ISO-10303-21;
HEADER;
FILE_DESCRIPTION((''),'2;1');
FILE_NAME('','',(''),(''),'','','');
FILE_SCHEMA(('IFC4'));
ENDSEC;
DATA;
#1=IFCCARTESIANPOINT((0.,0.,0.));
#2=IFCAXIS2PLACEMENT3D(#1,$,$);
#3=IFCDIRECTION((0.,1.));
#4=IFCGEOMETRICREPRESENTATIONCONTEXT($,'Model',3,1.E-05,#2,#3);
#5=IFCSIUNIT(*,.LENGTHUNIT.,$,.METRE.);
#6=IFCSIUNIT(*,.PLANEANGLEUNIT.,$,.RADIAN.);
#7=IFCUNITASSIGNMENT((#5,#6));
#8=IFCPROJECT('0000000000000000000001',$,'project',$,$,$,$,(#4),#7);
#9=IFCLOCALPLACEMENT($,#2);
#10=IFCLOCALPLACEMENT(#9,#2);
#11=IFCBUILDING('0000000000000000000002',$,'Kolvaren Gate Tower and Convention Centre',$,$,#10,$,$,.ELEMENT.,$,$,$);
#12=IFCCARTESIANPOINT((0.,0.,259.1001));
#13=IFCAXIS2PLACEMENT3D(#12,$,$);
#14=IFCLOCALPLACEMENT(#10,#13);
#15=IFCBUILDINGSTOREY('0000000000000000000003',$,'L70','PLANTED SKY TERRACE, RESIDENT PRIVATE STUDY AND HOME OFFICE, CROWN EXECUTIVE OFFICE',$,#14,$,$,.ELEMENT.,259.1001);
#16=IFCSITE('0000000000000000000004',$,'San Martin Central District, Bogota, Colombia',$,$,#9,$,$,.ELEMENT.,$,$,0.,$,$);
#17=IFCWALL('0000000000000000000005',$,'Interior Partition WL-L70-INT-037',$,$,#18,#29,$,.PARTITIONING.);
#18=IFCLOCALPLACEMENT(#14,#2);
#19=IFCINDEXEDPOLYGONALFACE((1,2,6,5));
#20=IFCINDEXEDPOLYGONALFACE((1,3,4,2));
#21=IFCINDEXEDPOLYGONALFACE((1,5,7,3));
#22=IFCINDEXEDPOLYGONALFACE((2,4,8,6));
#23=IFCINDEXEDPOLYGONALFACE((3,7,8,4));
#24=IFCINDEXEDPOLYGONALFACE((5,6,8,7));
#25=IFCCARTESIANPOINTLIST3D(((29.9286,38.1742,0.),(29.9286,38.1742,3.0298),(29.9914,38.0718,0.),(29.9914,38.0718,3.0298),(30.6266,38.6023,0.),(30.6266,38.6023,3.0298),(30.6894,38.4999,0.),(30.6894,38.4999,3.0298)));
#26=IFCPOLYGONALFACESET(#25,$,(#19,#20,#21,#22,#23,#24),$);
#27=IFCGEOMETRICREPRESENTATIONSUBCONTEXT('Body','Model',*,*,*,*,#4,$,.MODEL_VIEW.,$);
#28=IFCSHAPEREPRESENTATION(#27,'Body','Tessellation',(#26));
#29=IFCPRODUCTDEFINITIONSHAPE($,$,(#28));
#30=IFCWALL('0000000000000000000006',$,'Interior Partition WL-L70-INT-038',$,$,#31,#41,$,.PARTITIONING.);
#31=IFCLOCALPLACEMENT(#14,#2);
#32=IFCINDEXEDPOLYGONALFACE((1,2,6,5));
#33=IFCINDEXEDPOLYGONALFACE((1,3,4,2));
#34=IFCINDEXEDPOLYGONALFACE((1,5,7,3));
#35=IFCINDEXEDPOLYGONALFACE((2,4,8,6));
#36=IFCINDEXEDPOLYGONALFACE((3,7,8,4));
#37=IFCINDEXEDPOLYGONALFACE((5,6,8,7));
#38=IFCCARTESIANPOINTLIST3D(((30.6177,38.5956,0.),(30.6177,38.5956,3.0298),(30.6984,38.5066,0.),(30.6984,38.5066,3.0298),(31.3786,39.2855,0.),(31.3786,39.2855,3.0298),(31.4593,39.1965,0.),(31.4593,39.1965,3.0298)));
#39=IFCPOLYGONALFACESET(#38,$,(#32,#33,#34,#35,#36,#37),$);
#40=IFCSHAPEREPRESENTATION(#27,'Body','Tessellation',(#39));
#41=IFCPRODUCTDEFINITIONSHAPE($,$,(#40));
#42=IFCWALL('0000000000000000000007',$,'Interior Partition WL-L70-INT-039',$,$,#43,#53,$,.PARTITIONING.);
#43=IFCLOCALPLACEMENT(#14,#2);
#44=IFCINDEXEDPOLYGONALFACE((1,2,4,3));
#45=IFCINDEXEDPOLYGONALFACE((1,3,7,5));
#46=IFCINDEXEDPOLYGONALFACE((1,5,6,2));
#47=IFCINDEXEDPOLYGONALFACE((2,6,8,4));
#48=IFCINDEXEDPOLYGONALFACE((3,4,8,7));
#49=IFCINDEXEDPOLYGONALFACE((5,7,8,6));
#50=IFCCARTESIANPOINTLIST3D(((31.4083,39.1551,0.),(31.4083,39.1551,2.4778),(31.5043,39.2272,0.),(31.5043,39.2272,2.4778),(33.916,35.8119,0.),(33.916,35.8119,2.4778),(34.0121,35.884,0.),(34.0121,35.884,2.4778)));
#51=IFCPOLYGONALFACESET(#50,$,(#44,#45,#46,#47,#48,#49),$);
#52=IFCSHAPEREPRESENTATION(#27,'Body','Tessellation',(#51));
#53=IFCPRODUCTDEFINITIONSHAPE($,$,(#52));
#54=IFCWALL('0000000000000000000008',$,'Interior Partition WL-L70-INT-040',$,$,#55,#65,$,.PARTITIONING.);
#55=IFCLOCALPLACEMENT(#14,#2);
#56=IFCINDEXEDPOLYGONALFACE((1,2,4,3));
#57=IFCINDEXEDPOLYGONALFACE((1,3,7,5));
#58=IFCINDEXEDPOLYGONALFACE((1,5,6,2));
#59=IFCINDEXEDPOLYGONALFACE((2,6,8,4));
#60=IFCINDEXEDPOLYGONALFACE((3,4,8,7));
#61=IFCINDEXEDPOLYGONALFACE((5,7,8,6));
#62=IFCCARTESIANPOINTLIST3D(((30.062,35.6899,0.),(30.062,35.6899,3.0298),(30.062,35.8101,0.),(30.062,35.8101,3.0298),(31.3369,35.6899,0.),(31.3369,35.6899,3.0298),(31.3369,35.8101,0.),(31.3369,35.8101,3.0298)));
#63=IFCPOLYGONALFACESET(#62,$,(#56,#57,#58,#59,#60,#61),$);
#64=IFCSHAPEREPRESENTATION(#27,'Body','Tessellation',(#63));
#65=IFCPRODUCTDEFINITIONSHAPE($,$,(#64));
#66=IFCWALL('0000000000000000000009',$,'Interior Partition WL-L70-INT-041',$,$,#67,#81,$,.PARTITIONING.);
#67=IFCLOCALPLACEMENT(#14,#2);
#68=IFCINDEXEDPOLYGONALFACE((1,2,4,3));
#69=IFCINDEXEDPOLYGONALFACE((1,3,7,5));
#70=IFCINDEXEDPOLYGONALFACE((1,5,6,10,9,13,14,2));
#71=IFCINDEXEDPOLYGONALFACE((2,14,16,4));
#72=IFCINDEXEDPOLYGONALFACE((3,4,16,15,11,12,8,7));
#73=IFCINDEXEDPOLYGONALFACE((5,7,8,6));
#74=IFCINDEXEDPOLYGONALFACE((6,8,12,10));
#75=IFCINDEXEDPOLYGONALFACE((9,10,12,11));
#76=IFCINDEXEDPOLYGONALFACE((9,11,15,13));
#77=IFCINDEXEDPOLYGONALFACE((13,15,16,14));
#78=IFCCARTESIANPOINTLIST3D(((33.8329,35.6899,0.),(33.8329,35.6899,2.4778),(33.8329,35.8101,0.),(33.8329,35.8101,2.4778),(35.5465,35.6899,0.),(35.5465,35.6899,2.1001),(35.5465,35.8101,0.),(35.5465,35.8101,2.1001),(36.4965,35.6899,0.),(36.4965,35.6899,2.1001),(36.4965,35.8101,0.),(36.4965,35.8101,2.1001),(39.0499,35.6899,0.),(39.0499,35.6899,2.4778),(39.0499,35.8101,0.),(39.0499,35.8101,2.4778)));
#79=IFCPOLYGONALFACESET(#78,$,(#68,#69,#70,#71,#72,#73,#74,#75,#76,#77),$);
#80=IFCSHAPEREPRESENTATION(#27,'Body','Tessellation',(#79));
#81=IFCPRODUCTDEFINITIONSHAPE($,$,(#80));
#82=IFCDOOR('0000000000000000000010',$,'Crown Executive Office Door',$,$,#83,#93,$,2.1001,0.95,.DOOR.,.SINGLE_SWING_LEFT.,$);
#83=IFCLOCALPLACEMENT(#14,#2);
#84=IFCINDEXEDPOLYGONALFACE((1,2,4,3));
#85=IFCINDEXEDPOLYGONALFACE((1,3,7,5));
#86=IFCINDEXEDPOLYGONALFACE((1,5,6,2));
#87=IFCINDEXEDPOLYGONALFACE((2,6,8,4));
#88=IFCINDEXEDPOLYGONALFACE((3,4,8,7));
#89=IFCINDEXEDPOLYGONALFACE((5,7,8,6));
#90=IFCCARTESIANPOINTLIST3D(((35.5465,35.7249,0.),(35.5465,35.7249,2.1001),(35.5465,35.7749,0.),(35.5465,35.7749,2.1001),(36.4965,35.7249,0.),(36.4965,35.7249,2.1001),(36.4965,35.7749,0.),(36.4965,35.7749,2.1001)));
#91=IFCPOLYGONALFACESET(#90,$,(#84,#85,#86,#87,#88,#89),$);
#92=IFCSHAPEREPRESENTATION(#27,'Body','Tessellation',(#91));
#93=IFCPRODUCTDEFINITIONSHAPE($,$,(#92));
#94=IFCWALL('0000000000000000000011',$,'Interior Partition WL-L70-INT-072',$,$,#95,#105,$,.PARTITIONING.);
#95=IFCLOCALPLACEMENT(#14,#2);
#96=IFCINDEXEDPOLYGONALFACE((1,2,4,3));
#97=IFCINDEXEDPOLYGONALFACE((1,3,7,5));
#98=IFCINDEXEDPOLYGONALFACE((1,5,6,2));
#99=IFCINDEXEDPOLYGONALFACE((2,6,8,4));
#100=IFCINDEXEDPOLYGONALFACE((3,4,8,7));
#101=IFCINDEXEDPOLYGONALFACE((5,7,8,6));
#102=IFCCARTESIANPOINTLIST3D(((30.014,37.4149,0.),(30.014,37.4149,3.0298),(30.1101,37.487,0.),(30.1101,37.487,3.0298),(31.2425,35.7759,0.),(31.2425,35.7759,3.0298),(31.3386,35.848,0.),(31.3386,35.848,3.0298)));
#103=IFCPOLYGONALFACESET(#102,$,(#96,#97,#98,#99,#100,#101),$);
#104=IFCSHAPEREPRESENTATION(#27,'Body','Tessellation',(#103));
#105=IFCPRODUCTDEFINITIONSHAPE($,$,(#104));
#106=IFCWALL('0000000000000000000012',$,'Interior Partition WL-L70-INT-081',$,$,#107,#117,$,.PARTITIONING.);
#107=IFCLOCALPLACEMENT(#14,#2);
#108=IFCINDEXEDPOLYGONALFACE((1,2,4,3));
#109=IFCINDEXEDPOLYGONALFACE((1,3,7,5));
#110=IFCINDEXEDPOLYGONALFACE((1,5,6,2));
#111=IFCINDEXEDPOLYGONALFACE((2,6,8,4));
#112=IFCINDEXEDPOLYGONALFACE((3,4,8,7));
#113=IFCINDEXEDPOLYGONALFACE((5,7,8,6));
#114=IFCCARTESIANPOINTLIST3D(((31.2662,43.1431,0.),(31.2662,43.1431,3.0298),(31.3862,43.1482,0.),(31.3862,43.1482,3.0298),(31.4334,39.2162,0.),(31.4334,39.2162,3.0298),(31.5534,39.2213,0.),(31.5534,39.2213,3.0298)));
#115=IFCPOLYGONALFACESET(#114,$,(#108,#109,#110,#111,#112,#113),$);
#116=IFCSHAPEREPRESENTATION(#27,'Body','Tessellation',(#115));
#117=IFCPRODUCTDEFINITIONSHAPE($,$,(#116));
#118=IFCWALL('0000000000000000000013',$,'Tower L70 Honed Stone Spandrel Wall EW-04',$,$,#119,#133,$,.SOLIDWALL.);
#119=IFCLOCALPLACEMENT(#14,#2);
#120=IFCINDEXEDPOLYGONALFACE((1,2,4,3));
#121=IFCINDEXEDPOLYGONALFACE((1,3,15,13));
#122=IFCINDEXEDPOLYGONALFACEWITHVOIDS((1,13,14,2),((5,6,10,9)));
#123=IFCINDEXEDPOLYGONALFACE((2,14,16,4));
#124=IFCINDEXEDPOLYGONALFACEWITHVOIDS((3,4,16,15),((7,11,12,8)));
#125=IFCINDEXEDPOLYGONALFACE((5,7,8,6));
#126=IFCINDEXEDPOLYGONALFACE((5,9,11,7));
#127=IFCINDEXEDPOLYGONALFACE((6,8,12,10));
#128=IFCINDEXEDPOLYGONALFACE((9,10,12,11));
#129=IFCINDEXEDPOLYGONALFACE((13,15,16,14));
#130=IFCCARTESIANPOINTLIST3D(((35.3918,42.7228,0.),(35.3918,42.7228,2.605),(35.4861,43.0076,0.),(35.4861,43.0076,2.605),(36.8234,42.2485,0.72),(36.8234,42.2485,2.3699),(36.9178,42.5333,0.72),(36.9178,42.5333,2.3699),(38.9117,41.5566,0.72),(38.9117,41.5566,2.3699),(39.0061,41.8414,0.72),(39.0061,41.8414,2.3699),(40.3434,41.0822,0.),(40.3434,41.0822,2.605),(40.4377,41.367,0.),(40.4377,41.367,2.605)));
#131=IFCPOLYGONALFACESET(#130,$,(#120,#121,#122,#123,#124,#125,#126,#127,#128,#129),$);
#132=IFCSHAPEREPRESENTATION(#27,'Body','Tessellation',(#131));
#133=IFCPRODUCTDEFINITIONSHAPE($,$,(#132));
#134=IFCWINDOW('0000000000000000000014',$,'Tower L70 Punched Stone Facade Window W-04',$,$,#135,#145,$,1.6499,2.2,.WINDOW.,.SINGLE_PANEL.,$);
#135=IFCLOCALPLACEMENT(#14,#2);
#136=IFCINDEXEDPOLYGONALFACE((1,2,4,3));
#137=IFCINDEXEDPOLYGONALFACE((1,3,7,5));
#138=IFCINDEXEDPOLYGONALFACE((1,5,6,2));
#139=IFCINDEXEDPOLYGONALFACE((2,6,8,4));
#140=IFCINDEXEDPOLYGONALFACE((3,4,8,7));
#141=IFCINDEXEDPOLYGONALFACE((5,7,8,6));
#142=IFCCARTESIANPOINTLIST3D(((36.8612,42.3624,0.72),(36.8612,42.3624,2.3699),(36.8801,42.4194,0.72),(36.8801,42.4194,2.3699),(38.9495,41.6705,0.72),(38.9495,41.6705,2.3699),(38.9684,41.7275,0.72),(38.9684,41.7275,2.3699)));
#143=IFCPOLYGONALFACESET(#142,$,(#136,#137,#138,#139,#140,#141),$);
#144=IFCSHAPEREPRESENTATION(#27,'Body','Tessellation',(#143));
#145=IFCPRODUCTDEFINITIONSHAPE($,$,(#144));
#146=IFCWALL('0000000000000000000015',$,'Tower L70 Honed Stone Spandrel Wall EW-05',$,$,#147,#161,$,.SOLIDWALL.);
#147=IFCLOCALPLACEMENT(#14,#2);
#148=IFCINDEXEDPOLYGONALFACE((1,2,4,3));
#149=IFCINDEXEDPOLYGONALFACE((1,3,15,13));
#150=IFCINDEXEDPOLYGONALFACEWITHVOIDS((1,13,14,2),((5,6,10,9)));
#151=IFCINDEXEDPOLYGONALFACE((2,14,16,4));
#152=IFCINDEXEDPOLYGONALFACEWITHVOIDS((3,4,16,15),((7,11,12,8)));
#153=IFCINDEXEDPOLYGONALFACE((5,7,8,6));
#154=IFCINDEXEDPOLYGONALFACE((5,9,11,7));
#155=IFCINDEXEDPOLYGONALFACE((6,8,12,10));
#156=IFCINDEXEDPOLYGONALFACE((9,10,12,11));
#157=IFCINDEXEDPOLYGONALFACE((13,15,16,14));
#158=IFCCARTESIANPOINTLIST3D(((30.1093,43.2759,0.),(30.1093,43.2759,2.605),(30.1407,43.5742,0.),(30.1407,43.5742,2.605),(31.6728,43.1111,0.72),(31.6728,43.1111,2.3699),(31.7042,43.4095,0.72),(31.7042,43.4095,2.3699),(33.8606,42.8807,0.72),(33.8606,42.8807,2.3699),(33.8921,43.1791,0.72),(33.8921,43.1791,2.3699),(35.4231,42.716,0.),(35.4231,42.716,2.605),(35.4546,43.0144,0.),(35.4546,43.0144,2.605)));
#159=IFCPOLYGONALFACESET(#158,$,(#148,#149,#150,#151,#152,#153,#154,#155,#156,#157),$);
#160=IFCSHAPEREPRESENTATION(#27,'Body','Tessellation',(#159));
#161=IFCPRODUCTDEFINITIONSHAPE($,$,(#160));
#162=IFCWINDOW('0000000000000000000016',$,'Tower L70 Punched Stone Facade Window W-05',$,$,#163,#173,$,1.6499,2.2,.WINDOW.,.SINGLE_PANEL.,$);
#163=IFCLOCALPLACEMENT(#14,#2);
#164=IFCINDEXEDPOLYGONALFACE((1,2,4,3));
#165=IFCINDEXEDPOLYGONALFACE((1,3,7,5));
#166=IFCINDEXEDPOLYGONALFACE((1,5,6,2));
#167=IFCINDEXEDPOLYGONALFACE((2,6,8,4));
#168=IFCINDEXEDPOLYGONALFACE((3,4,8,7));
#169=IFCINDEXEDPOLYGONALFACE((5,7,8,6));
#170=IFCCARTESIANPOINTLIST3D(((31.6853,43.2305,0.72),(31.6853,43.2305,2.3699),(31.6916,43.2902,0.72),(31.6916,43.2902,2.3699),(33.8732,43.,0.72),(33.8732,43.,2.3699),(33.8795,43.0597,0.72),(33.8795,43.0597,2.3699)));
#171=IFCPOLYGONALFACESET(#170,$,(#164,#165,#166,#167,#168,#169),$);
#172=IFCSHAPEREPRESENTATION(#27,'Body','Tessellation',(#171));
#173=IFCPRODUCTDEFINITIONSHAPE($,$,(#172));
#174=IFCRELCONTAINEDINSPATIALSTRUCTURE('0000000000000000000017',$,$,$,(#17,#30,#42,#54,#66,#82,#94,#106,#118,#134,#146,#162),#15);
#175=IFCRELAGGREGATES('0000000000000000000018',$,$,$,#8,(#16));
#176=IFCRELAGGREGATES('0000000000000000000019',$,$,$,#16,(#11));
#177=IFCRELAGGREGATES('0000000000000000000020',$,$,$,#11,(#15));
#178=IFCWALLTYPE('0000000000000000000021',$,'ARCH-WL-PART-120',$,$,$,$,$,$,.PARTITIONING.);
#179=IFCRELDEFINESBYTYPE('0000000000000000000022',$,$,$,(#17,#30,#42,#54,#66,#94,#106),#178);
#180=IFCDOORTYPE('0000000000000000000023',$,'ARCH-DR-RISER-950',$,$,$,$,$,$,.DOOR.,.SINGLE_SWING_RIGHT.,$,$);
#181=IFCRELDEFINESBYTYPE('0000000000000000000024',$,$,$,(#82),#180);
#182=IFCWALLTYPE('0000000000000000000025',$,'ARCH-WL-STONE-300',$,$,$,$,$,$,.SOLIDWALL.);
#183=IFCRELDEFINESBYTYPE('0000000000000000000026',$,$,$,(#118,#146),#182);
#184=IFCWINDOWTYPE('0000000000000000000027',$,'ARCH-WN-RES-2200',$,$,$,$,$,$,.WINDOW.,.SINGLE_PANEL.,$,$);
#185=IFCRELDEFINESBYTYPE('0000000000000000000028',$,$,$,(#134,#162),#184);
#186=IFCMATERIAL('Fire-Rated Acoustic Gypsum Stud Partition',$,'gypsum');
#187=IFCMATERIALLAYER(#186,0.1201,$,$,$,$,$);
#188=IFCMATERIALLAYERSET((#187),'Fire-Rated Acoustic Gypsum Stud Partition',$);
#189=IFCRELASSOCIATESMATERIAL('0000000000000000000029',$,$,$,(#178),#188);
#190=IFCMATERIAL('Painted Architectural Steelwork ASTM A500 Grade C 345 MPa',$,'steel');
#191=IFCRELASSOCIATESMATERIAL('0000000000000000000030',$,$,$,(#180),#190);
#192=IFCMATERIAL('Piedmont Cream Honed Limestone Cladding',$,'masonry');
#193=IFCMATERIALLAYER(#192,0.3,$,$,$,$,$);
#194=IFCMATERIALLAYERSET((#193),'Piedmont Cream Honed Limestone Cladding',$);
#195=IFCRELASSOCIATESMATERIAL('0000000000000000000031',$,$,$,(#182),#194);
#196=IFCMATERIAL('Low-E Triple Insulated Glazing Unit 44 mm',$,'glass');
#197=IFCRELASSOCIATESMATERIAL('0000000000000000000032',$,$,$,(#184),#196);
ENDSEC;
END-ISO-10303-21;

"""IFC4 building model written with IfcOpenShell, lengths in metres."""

from ifc_helpers import new_model, si_unit, direction, frame, frame_2d, origin, place, context, subcontext, project, spatial, rectangle, extrude, material, layer, layer_set, type_object, element, fill, save


model = new_model("IFC4")

# Units and contexts
model_context = context("Model", 3, precision=1e-05, world=origin(), true_north=direction((0.0, 1.0)))
body_context = subcontext(model_context, "Body", "Model", "MODEL_VIEW")
ifc_project = project(units=[si_unit("LENGTHUNIT", "METRE"), si_unit("PLANEANGLEUNIT", "RADIAN")], contexts=[model_context])

# Site, building, storey
site_placement = place(None, origin())
site = spatial("IfcSite", under=ifc_project, at=site_placement, Name="San Martin Central District, Bogota, Colombia", CompositionType="ELEMENT", RefElevation=0.0)
building_placement = place(site_placement, origin())
building = spatial("IfcBuilding", under=site, at=building_placement, Name="Kolvaren Gate Tower and Convention Centre", CompositionType="ELEMENT")
storey_placement = place(building_placement, frame((0.0, 0.0, 259.1001)))
storey = spatial("IfcBuildingStorey", under=building, at=storey_placement, Name="L70", Description="PLANTED SKY TERRACE, RESIDENT PRIVATE STUDY AND HOME OFFICE, CROWN EXECUTIVE OFFICE", CompositionType="ELEMENT", Elevation=259.1001)

# Walls
ifc_material_1 = material(Name="Fire-Rated Acoustic Gypsum Stud Partition", Category="gypsum")
ifc_layer_1 = layer(ifc_material_1, 0.1201)
ifc_layer_set_1 = layer_set([ifc_layer_1], Name="Fire-Rated Acoustic Gypsum Stud Partition")
wall_type_1 = type_object("IfcWallType", Name="ARCH-WL-PART-120", PredefinedType="PARTITIONING", material=ifc_layer_set_1)
wall_1_placement = place(storey_placement, frame((29.96, 38.123, 0.0), z_axis=(0.0, 0.0, 1.0), x_axis=(0.852507, 0.522716, 0.0)))
element("IfcWall", 1, at=wall_1_placement, inside=storey, type_object=wall_type_1, Name="Interior Partition WL-L70-INT-037", PredefinedType="PARTITIONING", context=body_context, shape_type="SweptSolid", body=[
    extrude(rectangle(XDim=0.8188, YDim=0.1201, at=frame_2d((0.4094, 0.0))), origin(), (0.0, 0.0, 1.0), 3.0298),
])
wall_2_placement = place(storey_placement, frame((30.658, 38.551, 0.0), z_axis=(0.0, 0.0, 1.0), x_axis=(0.740843, 0.671678, 0.0)))
element("IfcWall", 2, at=wall_2_placement, inside=storey, type_object=wall_type_1, Name="Interior Partition WL-L70-INT-038", PredefinedType="PARTITIONING", context=body_context, shape_type="SweptSolid", body=[
    extrude(rectangle(XDim=1.0271, YDim=0.1201, at=frame_2d((0.5137, 0.0))), origin(), (0.0, 0.0, 1.0), 3.0298),
])
wall_3_placement = place(storey_placement, frame((31.4563, 39.1912, 0.0), z_axis=(0.0, 0.0, 1.0), x_axis=(0.600056, -0.799958, 0.0)))
element("IfcWall", 3, at=wall_3_placement, inside=storey, type_object=wall_type_1, Name="Interior Partition WL-L70-INT-039", PredefinedType="PARTITIONING", context=body_context, shape_type="SweptSolid", body=[
    extrude(rectangle(XDim=4.1792, YDim=0.1201, at=frame_2d((2.0896, 0.0))), origin(), (0.0, 0.0, 1.0), 2.4778),
])
wall_4_placement = place(storey_placement, frame((30.062, 35.75, 0.0), z_axis=(0.0, 0.0, 1.0), x_axis=(1.0, 0.0, 0.0)))
element("IfcWall", 4, at=wall_4_placement, inside=storey, type_object=wall_type_1, Name="Interior Partition WL-L70-INT-040", PredefinedType="PARTITIONING", context=body_context, shape_type="SweptSolid", body=[
    extrude(rectangle(XDim=1.2749, YDim=0.1201, at=frame_2d((0.6375, 0.0))), origin(), (0.0, 0.0, 1.0), 3.0298),
])

# Wall, opening, door
wall_5_placement = place(storey_placement, frame((33.833, 35.75, 0.0), z_axis=(0.0, 0.0, 1.0), x_axis=(1.0, 0.0, 0.0)))
wall_5 = element("IfcWall", 5, at=wall_5_placement, inside=storey, type_object=wall_type_1, Name="Interior Partition WL-L70-INT-041", PredefinedType="PARTITIONING", context=body_context, shape_type="SweptSolid", body=[
    extrude(rectangle(XDim=5.217, YDim=0.1201, at=frame_2d((2.6084, 0.0))), origin(), (0.0, 0.0, 1.0), 2.4778),
])
opening_1_placement = place(wall_5_placement, frame((1.7134, 0.0, 0.0)))
opening_1 = element("IfcOpeningElement", 6, at=opening_1_placement, cuts=wall_5, PredefinedType="OPENING", context=body_context, shape_type="SweptSolid", body=[
    extrude(rectangle(XDim=0.95, YDim=2.1001, at=frame_2d((0.4751, 1.05))), frame((0.0, 0.0701, 0.0), z_axis=(0.0, -1.0, 0.0), x_axis=(1.0, 0.0, 0.0)), (0.0, 0.0, 1.0), 0.1401),
])
ifc_material_2 = material(Name="Painted Architectural Steelwork ASTM A500 Grade C 345 MPa", Category="steel")
door_type = type_object("IfcDoorType", Name="ARCH-DR-RISER-950", OperationType="SINGLE_SWING_RIGHT", PredefinedType="DOOR", material=ifc_material_2)
door_placement = place(opening_1_placement, origin())
door = element("IfcDoor", 7, at=door_placement, inside=storey, type_object=door_type, Name="Crown Executive Office Door", OperationType="SINGLE_SWING_LEFT", OverallHeight=2.1001, OverallWidth=0.95, PredefinedType="DOOR", context=body_context, shape_type="SweptSolid", body=[
    extrude(rectangle(XDim=0.95, YDim=2.1001, at=frame_2d((0.4751, 1.05))), frame((0.0, 0.0249, 0.0), z_axis=(0.0, -1.0, 0.0), x_axis=(1.0, 0.0, 0.0)), (0.0, 0.0, 1.0), 0.05),
])
fill(opening_1, door)

# Walls
wall_6_placement = place(storey_placement, frame((30.062, 37.4509, 0.0), z_axis=(0.0, 0.0, 1.0), x_axis=(0.59979, -0.800157, 0.0)))
element("IfcWall", 8, at=wall_6_placement, inside=storey, type_object=wall_type_1, Name="Interior Partition WL-L70-INT-072", PredefinedType="PARTITIONING", context=body_context, shape_type="SweptSolid", body=[
    extrude(rectangle(XDim=2.0483, YDim=0.1201, at=frame_2d((1.0242, 0.0))), origin(), (0.0, 0.0, 1.0), 3.0298),
])
wall_7_placement = place(storey_placement, frame((31.3262, 43.1458, 0.0), z_axis=(0.0, 0.0, 1.0), x_axis=(0.04255, -0.999094, 0.0)))
element("IfcWall", 9, at=wall_7_placement, inside=storey, type_object=wall_type_1, Name="Interior Partition WL-L70-INT-081", PredefinedType="PARTITIONING", context=body_context, shape_type="SweptSolid", body=[
    extrude(rectangle(XDim=3.9304, YDim=0.1201, at=frame_2d((1.9653, 0.0))), origin(), (0.0, 0.0, 1.0), 3.0298),
])

# Walls, openings, windows
ifc_material_3 = material(Name="Piedmont Cream Honed Limestone Cladding", Category="masonry")
ifc_layer_2 = layer(ifc_material_3, 0.3)
ifc_layer_set_2 = layer_set([ifc_layer_2], Name="Piedmont Cream Honed Limestone Cladding")
wall_type_2 = type_object("IfcWallType", Name="ARCH-WL-STONE-300", PredefinedType="SOLIDWALL", material=ifc_layer_set_2)
wall_8_placement = place(storey_placement, frame((35.439, 42.8652, 0.0), z_axis=(0.0, 0.0, 1.0), x_axis=(0.949253, -0.314514, 0.0)))
wall_8 = element("IfcWall", 10, at=wall_8_placement, inside=storey, type_object=wall_type_2, Name="Tower L70 Honed Stone Spandrel Wall EW-04", PredefinedType="SOLIDWALL", context=body_context, shape_type="SweptSolid", body=[
    extrude(rectangle(XDim=5.2163, YDim=0.3, at=frame_2d((2.6082, 0.0))), origin(), (0.0, 0.0, 1.0), 2.605),
])
opening_2_placement = place(wall_8_placement, frame((1.5081, 0.0, 0.72)))
opening_2 = element("IfcOpeningElement", 11, at=opening_2_placement, cuts=wall_8, PredefinedType="OPENING", context=body_context, shape_type="SweptSolid", body=[
    extrude(rectangle(XDim=2.2, YDim=1.6499, at=frame_2d((1.1001, 0.825))), frame((0.0, 0.1599, 0.0), z_axis=(0.0, -1.0, 0.0), x_axis=(1.0, 0.0, 0.0)), (0.0, 0.0, 1.0), 0.3201),
])
ifc_material_4 = material(Name="Low-E Triple Insulated Glazing Unit 44 mm", Category="glass")
window_type = type_object("IfcWindowType", Name="ARCH-WN-RES-2200", PartitioningType="SINGLE_PANEL", PredefinedType="WINDOW", material=ifc_material_4)
window_1_placement = place(opening_2_placement, origin())
window_1 = element("IfcWindow", 12, at=window_1_placement, inside=storey, type_object=window_type, Name="Tower L70 Punched Stone Facade Window W-04", OverallHeight=1.6499, OverallWidth=2.2, PartitioningType="SINGLE_PANEL", PredefinedType="WINDOW", context=body_context, shape_type="SweptSolid", body=[
    extrude(rectangle(XDim=2.2, YDim=1.6499, at=frame_2d((1.1001, 0.825))), frame((0.0, 0.03, 0.0), z_axis=(0.0, -1.0, 0.0), x_axis=(1.0, 0.0, 0.0)), (0.0, 0.0, 1.0), 0.0601),
])
fill(opening_2, window_1)
wall_9_placement = place(storey_placement, frame((30.125, 43.425, 0.0), z_axis=(0.0, 0.0, 1.0), x_axis=(0.994497, -0.104768, 0.0)))
wall_9 = element("IfcWall", 13, at=wall_9_placement, inside=storey, type_object=wall_type_2, Name="Tower L70 Honed Stone Spandrel Wall EW-05", PredefinedType="SOLIDWALL", context=body_context, shape_type="SweptSolid", body=[
    extrude(rectangle(XDim=5.3433, YDim=0.3, at=frame_2d((2.6716, 0.0))), origin(), (0.0, 0.0, 1.0), 2.605),
])
opening_3_placement = place(wall_9_placement, frame((1.572, 0.0, 0.72)))
opening_3 = element("IfcOpeningElement", 14, at=opening_3_placement, cuts=wall_9, PredefinedType="OPENING", context=body_context, shape_type="SweptSolid", body=[
    extrude(rectangle(XDim=2.2, YDim=1.6499, at=frame_2d((1.1001, 0.825))), frame((0.0, 0.1599, 0.0), z_axis=(0.0, -1.0, 0.0), x_axis=(1.0, 0.0, 0.0)), (0.0, 0.0, 1.0), 0.3201),
])
window_2_placement = place(opening_3_placement, origin())
window_2 = element("IfcWindow", 15, at=window_2_placement, inside=storey, type_object=window_type, Name="Tower L70 Punched Stone Facade Window W-05", OverallHeight=1.6499, OverallWidth=2.2, PartitioningType="SINGLE_PANEL", PredefinedType="WINDOW", context=body_context, shape_type="SweptSolid", body=[
    extrude(rectangle(XDim=2.2, YDim=1.6499, at=frame_2d((1.1001, 0.825))), frame((0.0, 0.03, 0.0), z_axis=(0.0, -1.0, 0.0), x_axis=(1.0, 0.0, 0.0)), (0.0, 0.0, 1.0), 0.0601),
])
fill(opening_3, window_2)

save(model, "model.ifc")
